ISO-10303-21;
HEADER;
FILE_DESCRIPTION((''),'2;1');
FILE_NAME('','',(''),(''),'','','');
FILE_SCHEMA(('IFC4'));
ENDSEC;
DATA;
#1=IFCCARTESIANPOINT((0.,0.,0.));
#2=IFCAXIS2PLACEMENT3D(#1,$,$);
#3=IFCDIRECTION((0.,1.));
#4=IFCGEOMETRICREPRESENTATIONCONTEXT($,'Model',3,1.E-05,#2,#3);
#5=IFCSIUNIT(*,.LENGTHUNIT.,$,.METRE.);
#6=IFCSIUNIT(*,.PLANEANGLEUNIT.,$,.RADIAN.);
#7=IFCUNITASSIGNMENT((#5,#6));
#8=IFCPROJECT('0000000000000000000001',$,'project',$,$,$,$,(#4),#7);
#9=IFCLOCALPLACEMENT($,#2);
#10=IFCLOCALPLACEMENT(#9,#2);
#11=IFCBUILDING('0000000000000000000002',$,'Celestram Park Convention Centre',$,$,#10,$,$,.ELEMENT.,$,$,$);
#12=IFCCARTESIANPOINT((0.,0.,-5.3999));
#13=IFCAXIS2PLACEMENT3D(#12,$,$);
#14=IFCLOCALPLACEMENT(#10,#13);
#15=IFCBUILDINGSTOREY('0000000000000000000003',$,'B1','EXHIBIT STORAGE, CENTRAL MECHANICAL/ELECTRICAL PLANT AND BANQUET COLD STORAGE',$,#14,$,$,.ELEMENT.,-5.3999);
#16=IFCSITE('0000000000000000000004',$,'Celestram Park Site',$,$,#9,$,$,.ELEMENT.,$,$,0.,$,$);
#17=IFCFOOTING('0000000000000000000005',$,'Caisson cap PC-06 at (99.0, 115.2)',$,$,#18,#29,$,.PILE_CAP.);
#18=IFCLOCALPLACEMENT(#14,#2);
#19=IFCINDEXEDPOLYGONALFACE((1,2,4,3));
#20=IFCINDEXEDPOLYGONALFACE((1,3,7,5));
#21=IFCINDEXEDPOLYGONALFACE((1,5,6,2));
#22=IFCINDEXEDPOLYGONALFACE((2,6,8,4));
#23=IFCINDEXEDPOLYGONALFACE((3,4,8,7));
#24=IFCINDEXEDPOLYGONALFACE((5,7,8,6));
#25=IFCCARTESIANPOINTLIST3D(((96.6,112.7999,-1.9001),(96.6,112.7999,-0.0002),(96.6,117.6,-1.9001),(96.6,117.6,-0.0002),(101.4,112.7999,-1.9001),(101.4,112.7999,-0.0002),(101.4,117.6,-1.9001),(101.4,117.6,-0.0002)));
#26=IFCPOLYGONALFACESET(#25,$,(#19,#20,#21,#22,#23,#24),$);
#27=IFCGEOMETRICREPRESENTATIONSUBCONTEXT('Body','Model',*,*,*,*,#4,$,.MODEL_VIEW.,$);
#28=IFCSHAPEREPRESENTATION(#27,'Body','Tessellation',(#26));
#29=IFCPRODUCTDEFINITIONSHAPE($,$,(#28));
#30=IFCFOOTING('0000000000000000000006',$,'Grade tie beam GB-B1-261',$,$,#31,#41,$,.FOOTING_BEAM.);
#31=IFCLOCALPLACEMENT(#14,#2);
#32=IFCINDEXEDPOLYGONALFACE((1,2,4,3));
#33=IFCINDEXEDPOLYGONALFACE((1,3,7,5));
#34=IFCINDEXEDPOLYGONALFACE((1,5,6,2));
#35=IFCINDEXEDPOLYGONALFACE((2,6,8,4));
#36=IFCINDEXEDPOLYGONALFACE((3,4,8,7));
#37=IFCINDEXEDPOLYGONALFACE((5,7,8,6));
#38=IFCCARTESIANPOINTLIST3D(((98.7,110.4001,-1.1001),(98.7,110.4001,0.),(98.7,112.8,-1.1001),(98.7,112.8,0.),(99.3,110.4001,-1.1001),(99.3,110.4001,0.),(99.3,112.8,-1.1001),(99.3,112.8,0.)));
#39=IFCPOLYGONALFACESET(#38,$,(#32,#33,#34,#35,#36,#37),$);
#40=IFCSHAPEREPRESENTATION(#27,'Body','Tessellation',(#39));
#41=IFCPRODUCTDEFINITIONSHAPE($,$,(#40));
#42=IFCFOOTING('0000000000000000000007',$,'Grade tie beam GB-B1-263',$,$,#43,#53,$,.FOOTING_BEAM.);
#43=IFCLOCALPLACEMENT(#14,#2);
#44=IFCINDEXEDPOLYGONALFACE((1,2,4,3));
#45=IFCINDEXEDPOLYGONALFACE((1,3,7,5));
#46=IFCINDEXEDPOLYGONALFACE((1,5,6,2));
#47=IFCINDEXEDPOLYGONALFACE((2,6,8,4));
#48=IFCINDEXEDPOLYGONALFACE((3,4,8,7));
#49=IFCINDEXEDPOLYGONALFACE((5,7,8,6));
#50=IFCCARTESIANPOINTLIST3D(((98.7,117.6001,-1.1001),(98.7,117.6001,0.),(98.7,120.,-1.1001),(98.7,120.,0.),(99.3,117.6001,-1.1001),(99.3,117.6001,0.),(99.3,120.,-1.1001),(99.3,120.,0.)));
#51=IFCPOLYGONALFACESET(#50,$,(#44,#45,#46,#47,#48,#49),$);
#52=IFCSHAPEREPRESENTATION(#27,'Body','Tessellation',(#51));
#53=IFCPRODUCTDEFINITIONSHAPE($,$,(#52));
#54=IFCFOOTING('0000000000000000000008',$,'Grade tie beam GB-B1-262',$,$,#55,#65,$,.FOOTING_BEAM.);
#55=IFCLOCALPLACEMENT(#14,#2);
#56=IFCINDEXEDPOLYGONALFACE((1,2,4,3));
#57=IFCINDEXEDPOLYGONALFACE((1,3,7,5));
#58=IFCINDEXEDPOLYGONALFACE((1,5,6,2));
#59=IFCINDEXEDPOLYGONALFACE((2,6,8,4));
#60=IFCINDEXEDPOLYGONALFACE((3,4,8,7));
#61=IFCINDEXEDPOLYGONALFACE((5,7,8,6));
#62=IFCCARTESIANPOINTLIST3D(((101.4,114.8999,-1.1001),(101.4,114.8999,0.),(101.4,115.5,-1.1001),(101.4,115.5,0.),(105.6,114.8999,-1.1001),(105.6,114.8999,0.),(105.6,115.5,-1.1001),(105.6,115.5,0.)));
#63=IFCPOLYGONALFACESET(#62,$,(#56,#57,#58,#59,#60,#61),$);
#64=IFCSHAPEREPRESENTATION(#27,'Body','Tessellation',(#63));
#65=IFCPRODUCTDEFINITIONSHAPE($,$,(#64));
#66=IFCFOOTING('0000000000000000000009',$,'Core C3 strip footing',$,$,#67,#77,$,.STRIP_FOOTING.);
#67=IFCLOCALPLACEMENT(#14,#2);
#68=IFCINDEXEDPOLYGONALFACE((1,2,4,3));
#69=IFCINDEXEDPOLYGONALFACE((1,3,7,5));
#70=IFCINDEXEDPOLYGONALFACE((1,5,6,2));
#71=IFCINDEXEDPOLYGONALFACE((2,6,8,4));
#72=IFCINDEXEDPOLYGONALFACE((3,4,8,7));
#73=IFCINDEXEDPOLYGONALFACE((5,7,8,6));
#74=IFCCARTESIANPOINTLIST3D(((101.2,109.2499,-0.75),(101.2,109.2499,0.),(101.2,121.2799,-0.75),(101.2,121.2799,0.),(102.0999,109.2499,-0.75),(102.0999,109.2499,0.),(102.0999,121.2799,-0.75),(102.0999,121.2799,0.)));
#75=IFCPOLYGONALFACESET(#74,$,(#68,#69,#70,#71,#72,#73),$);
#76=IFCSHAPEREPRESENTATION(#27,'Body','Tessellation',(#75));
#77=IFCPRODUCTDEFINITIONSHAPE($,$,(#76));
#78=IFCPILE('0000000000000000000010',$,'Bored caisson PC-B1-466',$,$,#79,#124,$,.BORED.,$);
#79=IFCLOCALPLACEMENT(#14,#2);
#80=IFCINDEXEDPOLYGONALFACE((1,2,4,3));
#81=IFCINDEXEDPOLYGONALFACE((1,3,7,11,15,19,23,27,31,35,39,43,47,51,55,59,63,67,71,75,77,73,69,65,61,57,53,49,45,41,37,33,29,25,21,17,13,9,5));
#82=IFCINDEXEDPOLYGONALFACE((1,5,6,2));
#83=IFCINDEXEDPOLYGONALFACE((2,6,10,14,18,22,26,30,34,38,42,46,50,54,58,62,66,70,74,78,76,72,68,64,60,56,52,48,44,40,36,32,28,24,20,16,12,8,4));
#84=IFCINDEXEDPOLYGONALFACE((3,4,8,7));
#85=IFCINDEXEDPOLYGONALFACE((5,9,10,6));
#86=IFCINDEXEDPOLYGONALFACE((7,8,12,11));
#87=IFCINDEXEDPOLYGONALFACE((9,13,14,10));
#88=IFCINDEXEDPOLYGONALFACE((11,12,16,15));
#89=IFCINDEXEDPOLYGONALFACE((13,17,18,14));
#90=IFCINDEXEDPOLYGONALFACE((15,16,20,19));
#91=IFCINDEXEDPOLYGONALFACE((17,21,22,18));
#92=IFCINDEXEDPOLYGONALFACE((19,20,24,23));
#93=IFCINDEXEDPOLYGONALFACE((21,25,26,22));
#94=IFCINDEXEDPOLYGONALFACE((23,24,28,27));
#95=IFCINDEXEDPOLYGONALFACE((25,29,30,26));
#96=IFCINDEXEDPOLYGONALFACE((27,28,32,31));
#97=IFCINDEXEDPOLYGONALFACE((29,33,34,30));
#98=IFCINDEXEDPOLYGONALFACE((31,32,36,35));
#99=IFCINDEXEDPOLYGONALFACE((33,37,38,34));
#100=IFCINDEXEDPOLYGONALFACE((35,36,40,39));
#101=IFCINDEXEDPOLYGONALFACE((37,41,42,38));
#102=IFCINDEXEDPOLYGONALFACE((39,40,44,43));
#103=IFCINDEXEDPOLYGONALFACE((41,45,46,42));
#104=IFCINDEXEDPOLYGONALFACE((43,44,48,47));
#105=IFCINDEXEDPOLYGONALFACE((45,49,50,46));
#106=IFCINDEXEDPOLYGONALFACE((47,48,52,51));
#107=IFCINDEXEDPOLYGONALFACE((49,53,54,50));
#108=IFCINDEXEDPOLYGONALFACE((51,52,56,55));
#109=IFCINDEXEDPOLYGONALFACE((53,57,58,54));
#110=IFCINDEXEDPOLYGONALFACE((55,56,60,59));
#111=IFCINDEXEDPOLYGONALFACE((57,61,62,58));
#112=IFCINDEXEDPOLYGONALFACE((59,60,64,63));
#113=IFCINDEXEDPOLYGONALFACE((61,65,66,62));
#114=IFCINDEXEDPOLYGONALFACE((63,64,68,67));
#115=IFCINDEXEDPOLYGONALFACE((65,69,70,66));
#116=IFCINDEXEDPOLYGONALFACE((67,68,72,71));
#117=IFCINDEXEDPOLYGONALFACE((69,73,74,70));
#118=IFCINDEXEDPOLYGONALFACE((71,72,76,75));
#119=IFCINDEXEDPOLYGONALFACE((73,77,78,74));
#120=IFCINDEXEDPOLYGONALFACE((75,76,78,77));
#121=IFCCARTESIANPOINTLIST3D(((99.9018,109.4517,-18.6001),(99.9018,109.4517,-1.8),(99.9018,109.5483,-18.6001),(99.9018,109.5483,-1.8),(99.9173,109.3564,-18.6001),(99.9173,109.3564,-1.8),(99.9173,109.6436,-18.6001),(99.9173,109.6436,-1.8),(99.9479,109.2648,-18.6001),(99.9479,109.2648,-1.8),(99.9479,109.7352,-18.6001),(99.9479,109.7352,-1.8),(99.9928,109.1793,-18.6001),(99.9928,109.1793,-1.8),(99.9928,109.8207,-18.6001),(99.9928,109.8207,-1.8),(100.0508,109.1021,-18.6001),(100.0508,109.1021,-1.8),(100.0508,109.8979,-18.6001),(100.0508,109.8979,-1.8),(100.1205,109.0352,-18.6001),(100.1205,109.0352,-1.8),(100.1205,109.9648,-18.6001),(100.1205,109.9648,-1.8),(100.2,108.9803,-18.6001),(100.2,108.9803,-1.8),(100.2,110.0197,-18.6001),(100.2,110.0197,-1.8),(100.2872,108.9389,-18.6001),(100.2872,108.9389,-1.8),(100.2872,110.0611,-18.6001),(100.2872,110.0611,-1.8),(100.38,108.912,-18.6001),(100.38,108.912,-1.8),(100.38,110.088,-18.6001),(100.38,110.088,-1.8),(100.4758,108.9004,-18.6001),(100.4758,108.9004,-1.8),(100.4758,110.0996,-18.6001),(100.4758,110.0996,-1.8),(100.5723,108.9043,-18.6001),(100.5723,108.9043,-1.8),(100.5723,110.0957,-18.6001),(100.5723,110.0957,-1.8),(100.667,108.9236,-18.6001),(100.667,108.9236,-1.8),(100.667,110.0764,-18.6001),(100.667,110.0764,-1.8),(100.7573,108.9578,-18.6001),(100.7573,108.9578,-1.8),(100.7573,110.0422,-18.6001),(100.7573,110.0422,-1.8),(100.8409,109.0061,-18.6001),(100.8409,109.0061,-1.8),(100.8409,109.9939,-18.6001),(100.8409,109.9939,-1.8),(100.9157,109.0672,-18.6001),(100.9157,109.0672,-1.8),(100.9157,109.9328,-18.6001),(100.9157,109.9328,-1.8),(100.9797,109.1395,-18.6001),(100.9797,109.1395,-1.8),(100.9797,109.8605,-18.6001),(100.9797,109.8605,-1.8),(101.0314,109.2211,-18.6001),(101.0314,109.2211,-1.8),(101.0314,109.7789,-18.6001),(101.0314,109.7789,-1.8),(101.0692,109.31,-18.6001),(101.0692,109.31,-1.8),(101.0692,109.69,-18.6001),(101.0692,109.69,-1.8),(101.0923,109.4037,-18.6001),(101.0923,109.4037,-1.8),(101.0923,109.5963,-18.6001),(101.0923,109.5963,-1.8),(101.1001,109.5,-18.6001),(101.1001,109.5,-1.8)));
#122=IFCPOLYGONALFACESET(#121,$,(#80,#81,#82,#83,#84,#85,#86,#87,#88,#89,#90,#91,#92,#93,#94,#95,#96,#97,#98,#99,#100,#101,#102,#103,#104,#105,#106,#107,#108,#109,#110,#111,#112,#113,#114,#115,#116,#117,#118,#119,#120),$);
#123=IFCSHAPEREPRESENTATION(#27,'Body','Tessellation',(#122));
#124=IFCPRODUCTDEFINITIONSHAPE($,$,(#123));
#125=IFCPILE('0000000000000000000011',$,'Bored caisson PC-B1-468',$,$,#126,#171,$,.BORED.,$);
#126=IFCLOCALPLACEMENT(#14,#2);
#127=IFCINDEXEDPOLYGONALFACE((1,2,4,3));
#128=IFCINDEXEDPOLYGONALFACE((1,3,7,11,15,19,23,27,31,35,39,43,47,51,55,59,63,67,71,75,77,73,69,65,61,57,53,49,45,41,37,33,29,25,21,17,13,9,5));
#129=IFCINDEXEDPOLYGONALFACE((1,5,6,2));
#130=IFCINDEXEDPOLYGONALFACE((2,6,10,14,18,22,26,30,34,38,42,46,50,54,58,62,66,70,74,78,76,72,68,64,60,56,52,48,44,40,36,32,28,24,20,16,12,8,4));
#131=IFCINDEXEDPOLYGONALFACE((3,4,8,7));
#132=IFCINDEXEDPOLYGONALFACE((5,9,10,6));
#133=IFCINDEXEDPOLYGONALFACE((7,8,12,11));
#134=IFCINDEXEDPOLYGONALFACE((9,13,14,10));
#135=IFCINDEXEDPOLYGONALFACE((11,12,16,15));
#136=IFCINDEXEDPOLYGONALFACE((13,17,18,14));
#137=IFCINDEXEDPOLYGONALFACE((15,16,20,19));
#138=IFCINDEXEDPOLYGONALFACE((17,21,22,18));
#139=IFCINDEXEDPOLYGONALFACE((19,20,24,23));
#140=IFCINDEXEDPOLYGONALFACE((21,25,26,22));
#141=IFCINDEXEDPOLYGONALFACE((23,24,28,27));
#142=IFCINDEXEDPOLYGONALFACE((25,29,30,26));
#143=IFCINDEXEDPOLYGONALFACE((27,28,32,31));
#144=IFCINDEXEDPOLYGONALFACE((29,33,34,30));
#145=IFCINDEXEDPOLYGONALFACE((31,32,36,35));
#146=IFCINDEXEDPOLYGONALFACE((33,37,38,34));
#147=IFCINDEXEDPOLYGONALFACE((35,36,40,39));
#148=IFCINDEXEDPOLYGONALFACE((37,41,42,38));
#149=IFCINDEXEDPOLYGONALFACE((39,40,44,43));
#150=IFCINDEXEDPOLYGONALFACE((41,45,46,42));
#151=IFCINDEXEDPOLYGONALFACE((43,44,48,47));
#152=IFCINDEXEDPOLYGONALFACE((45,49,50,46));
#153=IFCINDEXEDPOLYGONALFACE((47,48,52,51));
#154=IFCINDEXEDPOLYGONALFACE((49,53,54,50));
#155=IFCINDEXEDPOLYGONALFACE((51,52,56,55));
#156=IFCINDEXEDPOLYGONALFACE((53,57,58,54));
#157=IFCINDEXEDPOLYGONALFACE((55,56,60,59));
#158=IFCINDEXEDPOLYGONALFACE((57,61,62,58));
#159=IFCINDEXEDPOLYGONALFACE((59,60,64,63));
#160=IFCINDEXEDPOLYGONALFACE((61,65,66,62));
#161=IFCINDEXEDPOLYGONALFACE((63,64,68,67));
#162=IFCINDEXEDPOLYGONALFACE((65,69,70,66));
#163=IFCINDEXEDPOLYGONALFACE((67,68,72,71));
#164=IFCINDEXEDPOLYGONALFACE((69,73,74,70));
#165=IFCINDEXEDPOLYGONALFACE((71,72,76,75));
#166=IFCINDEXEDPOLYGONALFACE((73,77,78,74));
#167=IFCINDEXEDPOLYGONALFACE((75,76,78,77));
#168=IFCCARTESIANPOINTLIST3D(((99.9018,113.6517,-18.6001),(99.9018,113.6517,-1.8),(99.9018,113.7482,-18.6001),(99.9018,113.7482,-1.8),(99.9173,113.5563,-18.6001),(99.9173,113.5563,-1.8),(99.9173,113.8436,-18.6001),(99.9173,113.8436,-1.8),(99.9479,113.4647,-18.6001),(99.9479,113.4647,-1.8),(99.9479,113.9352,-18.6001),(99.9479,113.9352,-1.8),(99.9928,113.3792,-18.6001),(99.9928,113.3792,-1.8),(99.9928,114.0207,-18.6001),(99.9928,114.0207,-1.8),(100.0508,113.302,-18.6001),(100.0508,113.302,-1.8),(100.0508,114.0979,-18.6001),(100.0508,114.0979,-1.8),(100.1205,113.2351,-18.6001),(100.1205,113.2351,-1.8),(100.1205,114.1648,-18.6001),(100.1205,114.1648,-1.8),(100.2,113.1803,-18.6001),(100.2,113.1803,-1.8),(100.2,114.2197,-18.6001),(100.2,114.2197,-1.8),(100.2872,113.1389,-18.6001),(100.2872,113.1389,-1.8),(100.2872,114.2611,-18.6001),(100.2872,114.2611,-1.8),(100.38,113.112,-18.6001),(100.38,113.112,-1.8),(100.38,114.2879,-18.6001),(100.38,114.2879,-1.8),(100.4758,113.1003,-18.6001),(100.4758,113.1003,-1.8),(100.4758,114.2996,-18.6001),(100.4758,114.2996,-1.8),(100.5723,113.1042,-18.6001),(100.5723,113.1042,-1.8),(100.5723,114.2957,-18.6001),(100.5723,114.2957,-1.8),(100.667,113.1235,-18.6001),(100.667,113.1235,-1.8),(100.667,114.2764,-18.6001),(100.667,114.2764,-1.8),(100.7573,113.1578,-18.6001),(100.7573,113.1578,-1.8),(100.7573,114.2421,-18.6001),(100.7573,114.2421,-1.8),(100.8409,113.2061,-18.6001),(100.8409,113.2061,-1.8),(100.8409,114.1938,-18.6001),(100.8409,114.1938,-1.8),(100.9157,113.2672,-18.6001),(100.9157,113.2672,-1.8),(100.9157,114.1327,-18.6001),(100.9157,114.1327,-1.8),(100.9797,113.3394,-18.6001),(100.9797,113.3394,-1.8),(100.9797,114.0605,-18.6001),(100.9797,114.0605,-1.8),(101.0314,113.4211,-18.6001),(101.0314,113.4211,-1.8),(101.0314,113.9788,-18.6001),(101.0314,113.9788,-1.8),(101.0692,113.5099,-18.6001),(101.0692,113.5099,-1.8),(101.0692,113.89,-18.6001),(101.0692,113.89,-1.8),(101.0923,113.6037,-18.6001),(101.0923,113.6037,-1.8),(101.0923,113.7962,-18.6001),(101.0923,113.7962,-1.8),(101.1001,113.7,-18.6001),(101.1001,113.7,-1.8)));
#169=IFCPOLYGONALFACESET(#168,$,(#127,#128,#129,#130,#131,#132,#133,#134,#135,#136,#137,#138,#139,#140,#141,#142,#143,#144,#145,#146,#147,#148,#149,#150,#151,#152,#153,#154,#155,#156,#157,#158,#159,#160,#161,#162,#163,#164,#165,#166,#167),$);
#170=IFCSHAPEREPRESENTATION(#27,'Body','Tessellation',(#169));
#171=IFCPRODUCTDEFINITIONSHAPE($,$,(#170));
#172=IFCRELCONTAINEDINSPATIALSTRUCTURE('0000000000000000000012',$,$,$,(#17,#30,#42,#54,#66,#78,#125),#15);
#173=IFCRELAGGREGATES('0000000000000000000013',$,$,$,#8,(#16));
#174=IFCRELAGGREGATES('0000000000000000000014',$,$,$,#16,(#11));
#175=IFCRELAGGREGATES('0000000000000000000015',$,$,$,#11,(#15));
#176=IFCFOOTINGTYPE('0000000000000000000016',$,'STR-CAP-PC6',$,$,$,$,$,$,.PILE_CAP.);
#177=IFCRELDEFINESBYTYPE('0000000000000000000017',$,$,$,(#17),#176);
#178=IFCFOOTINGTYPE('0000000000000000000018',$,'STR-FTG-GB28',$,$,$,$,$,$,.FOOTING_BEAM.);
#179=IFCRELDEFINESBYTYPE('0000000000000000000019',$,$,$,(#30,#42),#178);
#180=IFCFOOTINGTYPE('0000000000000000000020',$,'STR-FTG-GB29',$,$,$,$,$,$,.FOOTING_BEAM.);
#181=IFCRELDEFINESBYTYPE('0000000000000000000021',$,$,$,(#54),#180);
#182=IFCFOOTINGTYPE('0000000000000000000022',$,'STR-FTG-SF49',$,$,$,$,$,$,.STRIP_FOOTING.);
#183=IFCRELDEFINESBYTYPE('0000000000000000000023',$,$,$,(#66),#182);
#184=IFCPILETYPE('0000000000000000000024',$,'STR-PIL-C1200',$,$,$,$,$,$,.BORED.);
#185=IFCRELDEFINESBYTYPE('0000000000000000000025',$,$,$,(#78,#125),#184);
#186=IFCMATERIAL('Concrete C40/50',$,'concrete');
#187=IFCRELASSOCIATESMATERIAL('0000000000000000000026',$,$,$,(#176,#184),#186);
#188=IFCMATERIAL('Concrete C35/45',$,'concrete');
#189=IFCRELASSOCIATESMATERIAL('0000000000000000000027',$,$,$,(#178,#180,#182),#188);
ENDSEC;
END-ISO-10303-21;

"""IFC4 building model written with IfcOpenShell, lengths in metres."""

from ifc_helpers import new_model, si_unit, direction, frame, origin, origin_2d, place, context, subcontext, project, spatial, rectangle, circle, extrude, material, material_profile, profile_set, type_object, element, save


model = new_model("IFC4")

# Units and contexts
model_context = context("Model", 3, precision=1e-05, world=origin(), true_north=direction((0.0, 1.0)))
body_context = subcontext(model_context, "Body", "Model", "MODEL_VIEW")
ifc_project = project(units=[si_unit("LENGTHUNIT", "METRE"), si_unit("PLANEANGLEUNIT", "RADIAN")], contexts=[model_context])

# Site, building, storey
site_placement = place(None, origin())
site = spatial("IfcSite", under=ifc_project, at=site_placement, Name="Celestram Park Site", CompositionType="ELEMENT", RefElevation=0.0)
building_placement = place(site_placement, origin())
building = spatial("IfcBuilding", under=site, at=building_placement, Name="Celestram Park Convention Centre", CompositionType="ELEMENT")
storey_placement = place(building_placement, frame((0.0, 0.0, -5.3999)))
storey = spatial("IfcBuildingStorey", under=building, at=storey_placement, Name="B1", Description="EXHIBIT STORAGE, CENTRAL MECHANICAL/ELECTRICAL PLANT AND BANQUET COLD STORAGE", CompositionType="ELEMENT", Elevation=-5.3999)

# Footings
ifc_material_1 = material(Name="Concrete C40/50", Category="concrete")
footing_type_1 = type_object("IfcFootingType", Name="STR-CAP-PC6", PredefinedType="PILE_CAP", material=ifc_material_1)
footing_1_placement = place(storey_placement, frame((99.0, 115.2, -1.9001), z_axis=(0.0, 0.0, 1.0), x_axis=(1.0, 0.0, 0.0)))
element("IfcFooting", 1, at=footing_1_placement, inside=storey, type_object=footing_type_1, Name="Caisson cap PC-06 at (99.0, 115.2)", PredefinedType="PILE_CAP", context=body_context, shape_type="SweptSolid", body=[
    extrude(rectangle(XDim=4.8, YDim=4.8, at=origin_2d()), origin(), (0.0, 0.0, 1.0), 1.8999),
])
ifc_material_2 = material(Name="Concrete C35/45", Category="concrete")
footing_type_2 = type_object("IfcFootingType", Name="STR-FTG-GB28", PredefinedType="FOOTING_BEAM", material=ifc_material_2)
for number, where, z_axis, x_axis, name in (
    (2, (99.0, 111.6001, -1.1001), (0.0, 0.0, 1.0), (0.0, 1.0, 0.0), "Grade tie beam GB-B1-261"),
    (3, (99.0, 118.8, -1.1001), (0.0, 0.0, 1.0), (0.0, 1.0, 0.0), "Grade tie beam GB-B1-263"),
):
    element("IfcFooting", number, at=place(storey_placement, frame(where, z_axis=z_axis, x_axis=x_axis)), inside=storey, type_object=footing_type_2, Name=name, PredefinedType="FOOTING_BEAM", context=body_context, shape_type="SweptSolid", body=[
        extrude(rectangle(XDim=2.3999, YDim=0.6001, at=origin_2d()), origin(), (0.0, 0.0, 1.0), 1.1001),
    ])
footing_type_3 = type_object("IfcFootingType", Name="STR-FTG-GB29", PredefinedType="FOOTING_BEAM", material=ifc_material_2)
footing_2_placement = place(storey_placement, frame((103.5, 115.2, -1.1001), z_axis=(0.0, 0.0, 1.0), x_axis=(1.0, 0.0, 0.0)))
element("IfcFooting", 4, at=footing_2_placement, inside=storey, type_object=footing_type_3, Name="Grade tie beam GB-B1-262", PredefinedType="FOOTING_BEAM", context=body_context, shape_type="SweptSolid", body=[
    extrude(rectangle(XDim=4.2, YDim=0.6001, at=origin_2d()), origin(), (0.0, 0.0, 1.0), 1.1001),
])
footing_type_4 = type_object("IfcFootingType", Name="STR-FTG-SF49", PredefinedType="STRIP_FOOTING", material=ifc_material_2)
footing_3_placement = place(storey_placement, frame((101.6499, 115.2649, -0.75), z_axis=(0.0, 0.0, 1.0), x_axis=(0.0, 1.0, 0.0)))
element("IfcFooting", 5, at=footing_3_placement, inside=storey, type_object=footing_type_4, Name="Core C3 strip footing", PredefinedType="STRIP_FOOTING", context=body_context, shape_type="SweptSolid", body=[
    extrude(rectangle(XDim=12.03, YDim=0.8999, at=origin_2d()), origin(), (0.0, 0.0, 1.0), 0.75),
])

# Piles
ifc_material_profile_1 = material_profile(ifc_material_1, circle(Radius=0.6001, at=origin_2d()), Name="CAISSON1200")
ifc_profile_set_1 = profile_set([ifc_material_profile_1], Name="Concrete C40/50")
pile_type_1 = type_object("IfcPileType", Name="STR-PIL-C1200", PredefinedType="BORED", material=ifc_profile_set_1)
for number, where, z_axis, x_axis, name in (
    (6, (100.5, 109.5, -1.8), (0.0, 0.0, -1.0), (1.0, 0.0, 0.0), "Bored caisson PC-B1-466"),
    (7, (100.5, 113.7, -1.8), (0.0, 0.0, -1.0), (1.0, 0.0, 0.0), "Bored caisson PC-B1-468"),
):
    element("IfcPile", number, at=place(storey_placement, frame(where, z_axis=z_axis, x_axis=x_axis)), inside=storey, type_object=pile_type_1, Name=name, PredefinedType="BORED", context=body_context, shape_type="SweptSolid", body=[
        extrude(circle(Radius=0.6001, at=origin_2d()), origin(), (0.0, 0.0, 1.0), 16.8),
    ])

save(model, "model.ifc")
